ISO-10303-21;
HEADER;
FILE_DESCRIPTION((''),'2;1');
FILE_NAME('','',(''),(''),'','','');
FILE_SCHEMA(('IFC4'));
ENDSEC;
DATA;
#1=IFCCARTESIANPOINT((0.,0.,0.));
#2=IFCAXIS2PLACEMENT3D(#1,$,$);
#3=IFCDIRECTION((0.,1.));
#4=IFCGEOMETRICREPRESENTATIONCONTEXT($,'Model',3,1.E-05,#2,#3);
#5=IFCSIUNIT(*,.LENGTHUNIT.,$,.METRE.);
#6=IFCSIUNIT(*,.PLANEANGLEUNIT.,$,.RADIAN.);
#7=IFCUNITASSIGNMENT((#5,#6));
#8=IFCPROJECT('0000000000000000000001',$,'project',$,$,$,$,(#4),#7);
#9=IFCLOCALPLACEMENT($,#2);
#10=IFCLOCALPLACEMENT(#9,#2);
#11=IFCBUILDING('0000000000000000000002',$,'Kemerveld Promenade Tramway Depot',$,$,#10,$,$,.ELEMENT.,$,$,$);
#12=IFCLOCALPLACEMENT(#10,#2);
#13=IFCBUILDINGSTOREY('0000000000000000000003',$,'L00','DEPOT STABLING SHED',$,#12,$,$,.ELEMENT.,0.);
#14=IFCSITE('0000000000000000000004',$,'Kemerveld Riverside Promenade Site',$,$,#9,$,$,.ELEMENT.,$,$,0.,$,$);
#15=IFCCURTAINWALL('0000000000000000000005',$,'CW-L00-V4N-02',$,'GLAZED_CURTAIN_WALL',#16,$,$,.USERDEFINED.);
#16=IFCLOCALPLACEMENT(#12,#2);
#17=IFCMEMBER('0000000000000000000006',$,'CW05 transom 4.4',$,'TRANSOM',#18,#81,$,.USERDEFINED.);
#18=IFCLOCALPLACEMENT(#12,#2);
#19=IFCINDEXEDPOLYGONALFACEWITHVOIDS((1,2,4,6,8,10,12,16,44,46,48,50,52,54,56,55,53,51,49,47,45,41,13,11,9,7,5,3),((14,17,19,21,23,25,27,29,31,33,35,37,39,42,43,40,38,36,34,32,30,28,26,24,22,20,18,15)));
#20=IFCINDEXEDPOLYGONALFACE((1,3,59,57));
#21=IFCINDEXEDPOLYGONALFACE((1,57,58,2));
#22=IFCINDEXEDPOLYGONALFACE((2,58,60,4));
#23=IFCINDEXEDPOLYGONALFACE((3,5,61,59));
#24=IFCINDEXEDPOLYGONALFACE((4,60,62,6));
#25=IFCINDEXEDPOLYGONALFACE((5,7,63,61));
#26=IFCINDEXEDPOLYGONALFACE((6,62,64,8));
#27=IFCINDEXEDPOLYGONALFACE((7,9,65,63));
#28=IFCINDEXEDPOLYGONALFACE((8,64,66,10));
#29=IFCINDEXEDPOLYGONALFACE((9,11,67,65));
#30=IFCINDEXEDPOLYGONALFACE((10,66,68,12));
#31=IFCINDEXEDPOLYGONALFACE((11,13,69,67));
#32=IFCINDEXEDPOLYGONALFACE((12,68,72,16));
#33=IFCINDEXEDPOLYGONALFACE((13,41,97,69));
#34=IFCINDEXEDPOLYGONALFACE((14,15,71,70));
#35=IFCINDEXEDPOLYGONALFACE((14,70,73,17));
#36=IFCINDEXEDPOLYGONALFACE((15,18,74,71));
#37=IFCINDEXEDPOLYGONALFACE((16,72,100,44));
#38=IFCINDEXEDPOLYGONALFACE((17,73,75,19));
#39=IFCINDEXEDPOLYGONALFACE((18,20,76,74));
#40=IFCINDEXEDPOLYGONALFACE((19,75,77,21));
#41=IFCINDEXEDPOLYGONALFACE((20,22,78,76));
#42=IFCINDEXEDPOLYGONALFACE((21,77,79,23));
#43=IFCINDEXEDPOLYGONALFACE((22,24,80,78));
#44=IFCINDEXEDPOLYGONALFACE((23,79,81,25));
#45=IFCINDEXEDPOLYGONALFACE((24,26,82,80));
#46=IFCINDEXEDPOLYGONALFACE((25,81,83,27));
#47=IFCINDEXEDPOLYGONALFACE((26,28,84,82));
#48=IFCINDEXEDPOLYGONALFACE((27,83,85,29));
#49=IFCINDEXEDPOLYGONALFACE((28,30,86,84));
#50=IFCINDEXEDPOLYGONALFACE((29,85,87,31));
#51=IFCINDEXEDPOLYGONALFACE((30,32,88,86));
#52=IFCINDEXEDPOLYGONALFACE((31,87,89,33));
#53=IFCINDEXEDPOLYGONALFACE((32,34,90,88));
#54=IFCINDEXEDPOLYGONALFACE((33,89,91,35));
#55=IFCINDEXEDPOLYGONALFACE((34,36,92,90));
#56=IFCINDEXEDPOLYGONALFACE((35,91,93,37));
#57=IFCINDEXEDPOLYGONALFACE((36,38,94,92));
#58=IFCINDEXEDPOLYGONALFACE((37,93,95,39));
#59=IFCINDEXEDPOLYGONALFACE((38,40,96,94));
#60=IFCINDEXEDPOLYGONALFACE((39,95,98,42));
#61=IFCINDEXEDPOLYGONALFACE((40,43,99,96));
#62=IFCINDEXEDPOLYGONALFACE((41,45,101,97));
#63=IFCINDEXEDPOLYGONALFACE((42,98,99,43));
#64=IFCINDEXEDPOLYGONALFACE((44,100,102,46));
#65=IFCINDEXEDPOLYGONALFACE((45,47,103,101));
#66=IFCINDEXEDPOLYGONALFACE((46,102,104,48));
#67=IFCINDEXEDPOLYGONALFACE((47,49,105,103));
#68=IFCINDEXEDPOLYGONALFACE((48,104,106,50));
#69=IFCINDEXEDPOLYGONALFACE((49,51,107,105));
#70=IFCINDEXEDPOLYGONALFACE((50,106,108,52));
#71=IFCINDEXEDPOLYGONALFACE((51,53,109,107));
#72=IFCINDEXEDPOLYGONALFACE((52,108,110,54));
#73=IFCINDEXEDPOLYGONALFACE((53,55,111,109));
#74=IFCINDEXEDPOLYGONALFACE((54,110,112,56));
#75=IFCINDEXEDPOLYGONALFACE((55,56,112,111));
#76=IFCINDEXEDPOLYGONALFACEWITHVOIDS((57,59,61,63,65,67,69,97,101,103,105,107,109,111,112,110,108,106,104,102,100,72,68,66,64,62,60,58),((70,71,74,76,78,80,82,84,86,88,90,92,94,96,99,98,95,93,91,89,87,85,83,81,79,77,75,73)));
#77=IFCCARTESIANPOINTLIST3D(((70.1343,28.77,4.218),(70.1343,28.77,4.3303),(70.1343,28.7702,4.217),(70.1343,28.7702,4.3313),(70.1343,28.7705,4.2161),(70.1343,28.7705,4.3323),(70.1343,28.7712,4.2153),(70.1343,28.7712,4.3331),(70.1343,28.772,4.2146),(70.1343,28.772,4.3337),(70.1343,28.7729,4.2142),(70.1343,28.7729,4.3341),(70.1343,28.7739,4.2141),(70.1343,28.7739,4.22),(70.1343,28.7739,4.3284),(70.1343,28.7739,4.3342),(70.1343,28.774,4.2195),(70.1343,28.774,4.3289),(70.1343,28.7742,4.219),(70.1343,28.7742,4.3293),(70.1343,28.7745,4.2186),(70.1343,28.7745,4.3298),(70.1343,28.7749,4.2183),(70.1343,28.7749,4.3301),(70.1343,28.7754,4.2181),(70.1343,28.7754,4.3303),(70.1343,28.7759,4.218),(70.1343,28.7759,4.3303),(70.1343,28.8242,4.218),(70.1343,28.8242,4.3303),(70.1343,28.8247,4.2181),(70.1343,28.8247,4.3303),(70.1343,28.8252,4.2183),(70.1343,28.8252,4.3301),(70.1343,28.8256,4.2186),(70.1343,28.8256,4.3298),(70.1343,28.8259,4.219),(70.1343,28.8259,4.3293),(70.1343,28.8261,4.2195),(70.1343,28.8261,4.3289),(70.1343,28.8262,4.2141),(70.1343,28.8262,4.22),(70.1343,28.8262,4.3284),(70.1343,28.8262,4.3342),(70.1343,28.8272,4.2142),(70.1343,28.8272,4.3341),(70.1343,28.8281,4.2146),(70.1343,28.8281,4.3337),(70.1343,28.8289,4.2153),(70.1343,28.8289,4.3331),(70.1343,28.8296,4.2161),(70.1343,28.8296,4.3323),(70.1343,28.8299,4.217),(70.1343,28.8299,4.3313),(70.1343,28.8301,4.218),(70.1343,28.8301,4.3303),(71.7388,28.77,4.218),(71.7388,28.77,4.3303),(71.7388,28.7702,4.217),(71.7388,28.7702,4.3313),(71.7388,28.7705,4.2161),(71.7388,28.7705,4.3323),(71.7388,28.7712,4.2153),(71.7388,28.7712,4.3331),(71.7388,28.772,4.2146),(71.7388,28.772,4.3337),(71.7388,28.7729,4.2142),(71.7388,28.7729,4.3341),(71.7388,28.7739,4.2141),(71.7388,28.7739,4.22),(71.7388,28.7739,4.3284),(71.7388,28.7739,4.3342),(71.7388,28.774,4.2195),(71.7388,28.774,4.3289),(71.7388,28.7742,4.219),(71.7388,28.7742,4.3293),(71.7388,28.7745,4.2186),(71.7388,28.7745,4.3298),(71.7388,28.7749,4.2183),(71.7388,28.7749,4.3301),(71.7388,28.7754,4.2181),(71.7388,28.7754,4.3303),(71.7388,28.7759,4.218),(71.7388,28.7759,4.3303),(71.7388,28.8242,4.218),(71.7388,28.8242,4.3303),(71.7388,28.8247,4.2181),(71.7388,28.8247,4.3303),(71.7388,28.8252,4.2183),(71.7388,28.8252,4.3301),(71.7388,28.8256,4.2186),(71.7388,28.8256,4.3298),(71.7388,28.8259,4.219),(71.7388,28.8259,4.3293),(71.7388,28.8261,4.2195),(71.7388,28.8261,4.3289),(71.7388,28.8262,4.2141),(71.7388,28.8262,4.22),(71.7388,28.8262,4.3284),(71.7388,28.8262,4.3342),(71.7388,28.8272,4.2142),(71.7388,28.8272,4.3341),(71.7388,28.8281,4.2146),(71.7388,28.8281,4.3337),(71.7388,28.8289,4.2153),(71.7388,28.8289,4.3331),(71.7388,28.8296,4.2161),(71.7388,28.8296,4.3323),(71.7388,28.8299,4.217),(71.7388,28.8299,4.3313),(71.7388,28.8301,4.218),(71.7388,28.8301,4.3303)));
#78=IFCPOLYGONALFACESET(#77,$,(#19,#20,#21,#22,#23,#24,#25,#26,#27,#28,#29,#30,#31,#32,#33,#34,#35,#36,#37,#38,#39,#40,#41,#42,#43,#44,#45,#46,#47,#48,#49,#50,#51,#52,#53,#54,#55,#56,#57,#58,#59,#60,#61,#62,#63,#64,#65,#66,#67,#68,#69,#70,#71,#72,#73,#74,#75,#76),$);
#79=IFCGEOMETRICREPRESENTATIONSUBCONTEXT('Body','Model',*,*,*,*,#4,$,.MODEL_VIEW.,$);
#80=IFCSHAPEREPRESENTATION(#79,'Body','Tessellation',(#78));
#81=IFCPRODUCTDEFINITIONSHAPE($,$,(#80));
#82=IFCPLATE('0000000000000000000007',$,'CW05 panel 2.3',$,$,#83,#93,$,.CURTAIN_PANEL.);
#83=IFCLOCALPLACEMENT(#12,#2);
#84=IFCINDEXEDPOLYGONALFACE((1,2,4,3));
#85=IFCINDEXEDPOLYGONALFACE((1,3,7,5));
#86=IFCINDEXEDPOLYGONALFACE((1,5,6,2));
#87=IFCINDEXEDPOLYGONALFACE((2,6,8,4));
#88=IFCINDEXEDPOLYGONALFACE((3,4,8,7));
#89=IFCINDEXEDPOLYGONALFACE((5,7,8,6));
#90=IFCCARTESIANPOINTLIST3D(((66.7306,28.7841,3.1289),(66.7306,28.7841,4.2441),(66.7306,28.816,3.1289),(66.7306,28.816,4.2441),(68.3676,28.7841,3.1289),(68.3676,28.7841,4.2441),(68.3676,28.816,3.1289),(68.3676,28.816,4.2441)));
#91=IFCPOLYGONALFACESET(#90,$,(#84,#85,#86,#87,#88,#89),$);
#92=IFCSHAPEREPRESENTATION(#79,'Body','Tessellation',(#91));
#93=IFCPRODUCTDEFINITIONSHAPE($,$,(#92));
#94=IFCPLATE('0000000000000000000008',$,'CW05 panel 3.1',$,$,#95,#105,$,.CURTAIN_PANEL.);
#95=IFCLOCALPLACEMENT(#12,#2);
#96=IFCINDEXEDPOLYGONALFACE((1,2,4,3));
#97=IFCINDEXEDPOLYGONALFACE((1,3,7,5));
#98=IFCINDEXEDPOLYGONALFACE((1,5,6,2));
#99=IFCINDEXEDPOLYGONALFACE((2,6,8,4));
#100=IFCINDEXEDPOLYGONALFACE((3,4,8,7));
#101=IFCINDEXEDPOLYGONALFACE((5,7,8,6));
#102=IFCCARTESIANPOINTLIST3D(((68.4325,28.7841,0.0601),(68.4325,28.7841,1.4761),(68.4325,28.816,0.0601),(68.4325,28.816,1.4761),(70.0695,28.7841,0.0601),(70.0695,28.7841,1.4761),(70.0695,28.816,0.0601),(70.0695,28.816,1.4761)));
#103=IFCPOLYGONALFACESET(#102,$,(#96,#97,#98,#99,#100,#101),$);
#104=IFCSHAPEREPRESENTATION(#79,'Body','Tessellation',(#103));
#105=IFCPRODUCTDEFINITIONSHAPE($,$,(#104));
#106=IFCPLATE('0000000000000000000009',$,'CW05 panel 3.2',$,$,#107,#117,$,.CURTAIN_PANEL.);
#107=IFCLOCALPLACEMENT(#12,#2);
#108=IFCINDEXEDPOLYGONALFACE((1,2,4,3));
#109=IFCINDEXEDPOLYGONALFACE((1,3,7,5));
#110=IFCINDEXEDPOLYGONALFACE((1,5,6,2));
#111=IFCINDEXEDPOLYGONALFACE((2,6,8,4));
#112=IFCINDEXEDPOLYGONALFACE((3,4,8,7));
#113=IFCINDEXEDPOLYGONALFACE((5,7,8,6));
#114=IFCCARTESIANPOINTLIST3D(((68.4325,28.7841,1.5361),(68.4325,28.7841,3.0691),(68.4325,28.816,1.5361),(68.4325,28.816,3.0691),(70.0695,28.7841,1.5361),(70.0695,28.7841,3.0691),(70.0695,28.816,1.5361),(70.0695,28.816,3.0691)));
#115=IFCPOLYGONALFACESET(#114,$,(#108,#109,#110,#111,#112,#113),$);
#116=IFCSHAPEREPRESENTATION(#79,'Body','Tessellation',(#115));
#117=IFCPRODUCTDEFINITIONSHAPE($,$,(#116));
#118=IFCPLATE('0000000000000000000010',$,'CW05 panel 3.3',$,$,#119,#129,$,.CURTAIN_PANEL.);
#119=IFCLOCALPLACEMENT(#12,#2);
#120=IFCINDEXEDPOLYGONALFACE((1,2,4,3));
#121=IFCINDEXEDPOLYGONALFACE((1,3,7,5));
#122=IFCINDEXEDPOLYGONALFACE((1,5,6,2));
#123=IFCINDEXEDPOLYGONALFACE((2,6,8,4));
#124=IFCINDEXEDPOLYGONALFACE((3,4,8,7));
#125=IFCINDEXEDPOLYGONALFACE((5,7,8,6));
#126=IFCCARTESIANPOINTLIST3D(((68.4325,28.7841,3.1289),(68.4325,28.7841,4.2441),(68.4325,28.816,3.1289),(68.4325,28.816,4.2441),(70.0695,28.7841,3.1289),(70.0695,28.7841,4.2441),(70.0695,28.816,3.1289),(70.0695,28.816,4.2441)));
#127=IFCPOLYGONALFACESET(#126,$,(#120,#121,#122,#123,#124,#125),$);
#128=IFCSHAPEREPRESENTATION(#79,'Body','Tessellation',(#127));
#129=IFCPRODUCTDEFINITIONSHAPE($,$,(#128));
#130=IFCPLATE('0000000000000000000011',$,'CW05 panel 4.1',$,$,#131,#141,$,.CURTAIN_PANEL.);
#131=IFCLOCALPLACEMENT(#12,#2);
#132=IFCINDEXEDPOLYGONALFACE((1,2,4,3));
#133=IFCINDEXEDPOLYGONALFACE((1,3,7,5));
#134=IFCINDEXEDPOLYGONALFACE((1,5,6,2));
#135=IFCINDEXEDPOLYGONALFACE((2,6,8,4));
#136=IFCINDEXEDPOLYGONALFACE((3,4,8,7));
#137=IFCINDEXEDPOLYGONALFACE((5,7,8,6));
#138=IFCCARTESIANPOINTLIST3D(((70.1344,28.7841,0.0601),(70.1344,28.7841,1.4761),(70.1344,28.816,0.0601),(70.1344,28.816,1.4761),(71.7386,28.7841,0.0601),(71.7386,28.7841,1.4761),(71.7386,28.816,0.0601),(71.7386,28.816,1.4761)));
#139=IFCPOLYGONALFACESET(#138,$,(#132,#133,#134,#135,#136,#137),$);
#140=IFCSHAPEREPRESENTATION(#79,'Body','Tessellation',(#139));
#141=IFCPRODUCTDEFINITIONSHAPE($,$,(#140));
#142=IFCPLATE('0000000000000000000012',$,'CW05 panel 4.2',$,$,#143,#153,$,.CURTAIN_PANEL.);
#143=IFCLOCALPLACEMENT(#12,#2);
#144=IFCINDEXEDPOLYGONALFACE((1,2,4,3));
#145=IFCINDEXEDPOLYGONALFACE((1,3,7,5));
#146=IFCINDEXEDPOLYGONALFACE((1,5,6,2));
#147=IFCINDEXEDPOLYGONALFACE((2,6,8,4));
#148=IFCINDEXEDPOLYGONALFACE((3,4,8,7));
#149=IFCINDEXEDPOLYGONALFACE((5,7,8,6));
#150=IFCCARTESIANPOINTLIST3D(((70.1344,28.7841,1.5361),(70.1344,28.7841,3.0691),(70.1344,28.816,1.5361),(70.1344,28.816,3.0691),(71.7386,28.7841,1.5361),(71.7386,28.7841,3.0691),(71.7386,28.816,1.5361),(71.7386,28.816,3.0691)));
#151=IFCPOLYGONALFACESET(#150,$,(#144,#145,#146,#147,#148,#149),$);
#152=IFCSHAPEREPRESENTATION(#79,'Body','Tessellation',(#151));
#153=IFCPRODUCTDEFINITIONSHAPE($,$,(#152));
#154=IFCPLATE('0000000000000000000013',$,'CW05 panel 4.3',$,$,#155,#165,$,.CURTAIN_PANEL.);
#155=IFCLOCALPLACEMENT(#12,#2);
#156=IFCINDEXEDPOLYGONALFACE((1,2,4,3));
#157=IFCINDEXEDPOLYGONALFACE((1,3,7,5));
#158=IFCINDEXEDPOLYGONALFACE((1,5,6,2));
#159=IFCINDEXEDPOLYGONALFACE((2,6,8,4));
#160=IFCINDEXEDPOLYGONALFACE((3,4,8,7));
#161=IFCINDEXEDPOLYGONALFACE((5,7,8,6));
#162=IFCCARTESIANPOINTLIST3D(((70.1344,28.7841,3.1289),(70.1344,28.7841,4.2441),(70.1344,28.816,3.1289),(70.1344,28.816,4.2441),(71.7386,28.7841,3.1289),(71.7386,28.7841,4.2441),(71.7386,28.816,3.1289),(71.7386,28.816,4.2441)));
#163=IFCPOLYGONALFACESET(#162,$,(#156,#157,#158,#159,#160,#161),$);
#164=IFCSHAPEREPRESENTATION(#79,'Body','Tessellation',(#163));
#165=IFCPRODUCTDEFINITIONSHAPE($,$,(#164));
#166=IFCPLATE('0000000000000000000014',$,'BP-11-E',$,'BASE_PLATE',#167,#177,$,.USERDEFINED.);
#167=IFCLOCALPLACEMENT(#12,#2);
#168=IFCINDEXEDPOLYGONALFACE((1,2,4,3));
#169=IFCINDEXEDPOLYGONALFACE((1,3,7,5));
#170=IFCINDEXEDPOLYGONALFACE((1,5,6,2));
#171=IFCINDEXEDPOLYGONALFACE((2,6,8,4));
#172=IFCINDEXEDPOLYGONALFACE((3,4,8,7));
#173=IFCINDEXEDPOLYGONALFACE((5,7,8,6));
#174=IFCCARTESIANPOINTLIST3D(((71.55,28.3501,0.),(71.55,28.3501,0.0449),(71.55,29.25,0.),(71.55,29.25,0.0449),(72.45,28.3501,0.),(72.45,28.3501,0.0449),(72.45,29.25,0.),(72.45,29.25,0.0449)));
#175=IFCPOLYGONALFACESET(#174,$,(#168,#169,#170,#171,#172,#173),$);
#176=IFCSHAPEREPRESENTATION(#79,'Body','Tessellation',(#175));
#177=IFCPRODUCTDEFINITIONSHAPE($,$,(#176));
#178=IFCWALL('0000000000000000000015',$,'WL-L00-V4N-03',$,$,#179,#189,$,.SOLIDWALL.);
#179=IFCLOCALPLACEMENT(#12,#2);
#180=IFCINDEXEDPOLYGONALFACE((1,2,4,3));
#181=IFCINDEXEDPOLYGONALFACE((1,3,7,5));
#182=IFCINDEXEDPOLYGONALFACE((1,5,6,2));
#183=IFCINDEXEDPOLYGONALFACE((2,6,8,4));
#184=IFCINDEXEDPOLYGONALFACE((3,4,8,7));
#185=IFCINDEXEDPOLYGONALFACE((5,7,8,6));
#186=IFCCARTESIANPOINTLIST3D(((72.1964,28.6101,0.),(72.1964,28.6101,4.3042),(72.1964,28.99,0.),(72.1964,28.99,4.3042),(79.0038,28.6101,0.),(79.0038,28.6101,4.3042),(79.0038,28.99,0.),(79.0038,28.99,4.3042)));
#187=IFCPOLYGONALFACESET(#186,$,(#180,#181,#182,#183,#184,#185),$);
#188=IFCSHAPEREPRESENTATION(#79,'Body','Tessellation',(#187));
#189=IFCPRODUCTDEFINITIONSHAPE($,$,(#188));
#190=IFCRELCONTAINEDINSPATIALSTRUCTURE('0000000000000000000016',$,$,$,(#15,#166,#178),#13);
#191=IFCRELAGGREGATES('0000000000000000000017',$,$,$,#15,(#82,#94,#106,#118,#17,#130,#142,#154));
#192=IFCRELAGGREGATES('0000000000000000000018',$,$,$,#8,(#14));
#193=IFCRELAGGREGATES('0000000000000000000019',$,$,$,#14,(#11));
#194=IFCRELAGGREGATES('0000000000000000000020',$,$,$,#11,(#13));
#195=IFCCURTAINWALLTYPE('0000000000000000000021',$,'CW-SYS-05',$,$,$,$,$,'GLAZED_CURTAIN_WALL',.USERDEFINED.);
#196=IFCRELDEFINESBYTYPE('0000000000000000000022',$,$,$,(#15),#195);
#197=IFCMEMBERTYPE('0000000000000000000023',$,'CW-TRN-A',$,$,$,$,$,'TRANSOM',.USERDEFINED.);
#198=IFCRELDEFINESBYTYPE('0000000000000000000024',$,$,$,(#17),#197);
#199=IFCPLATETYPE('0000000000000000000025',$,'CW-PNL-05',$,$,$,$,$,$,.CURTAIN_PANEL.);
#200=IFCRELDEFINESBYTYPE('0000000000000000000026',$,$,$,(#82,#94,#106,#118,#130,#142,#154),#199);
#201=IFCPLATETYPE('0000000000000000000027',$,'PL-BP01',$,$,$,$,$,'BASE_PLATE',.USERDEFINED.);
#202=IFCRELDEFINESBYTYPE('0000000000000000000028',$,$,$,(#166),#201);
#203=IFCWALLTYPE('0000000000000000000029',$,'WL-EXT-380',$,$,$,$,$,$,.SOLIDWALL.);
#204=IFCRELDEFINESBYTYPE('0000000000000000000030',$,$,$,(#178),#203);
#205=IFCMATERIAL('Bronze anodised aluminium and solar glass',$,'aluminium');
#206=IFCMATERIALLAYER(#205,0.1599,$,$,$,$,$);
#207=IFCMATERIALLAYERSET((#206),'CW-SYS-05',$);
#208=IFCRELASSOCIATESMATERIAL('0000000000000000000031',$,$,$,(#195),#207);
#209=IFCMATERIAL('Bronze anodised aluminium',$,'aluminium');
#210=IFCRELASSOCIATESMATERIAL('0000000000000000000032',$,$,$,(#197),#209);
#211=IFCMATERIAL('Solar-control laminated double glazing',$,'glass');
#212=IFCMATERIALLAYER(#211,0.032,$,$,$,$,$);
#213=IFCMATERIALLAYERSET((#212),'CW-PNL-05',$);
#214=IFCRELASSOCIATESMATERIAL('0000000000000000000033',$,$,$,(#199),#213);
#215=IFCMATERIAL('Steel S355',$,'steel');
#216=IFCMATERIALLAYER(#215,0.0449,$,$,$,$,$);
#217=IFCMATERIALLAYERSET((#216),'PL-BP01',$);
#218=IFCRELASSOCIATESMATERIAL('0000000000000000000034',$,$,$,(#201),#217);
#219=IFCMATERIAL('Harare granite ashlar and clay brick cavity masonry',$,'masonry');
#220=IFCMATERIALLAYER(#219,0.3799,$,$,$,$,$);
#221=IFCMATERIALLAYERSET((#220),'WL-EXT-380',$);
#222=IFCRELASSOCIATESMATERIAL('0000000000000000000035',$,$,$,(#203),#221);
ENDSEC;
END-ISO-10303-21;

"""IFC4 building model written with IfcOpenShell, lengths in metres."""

from ifc_helpers import new_model, si_unit, direction, frame, frame_2d, origin, origin_2d, place, context, subcontext, project, spatial, rectangle, hollow_rectangle, extrude, material, layer, layer_set, material_profile, profile_set, type_object, element, aggregate, save


model = new_model("IFC4")

# Units and contexts
model_context = context("Model", 3, precision=1e-05, world=origin(), true_north=direction((0.0, 1.0)))
body_context = subcontext(model_context, "Body", "Model", "MODEL_VIEW")
ifc_project = project(units=[si_unit("LENGTHUNIT", "METRE"), si_unit("PLANEANGLEUNIT", "RADIAN")], contexts=[model_context])

# Site, building, storey
site_placement = place(None, origin())
site = spatial("IfcSite", under=ifc_project, at=site_placement, Name="Kemerveld Riverside Promenade Site", CompositionType="ELEMENT", RefElevation=0.0)
building_placement = place(site_placement, origin())
building = spatial("IfcBuilding", under=site, at=building_placement, Name="Kemerveld Promenade Tramway Depot", CompositionType="ELEMENT")
storey_placement = place(building_placement, origin())
storey = spatial("IfcBuildingStorey", under=building, at=storey_placement, Name="L00", Description="DEPOT STABLING SHED", CompositionType="ELEMENT", Elevation=0.0)

# Shared definitions
ifc_material_1 = material(Name="Steel S355", Category="steel")

# Curtain wall, member, plates
ifc_material_2 = material(Name="Bronze anodised aluminium and solar glass", Category="aluminium")
ifc_layer_1 = layer(ifc_material_2, 0.1599)
ifc_layer_set_1 = layer_set([ifc_layer_1], Name="CW-SYS-05")
curtain_wall_type = type_object("IfcCurtainWallType", Name="CW-SYS-05", ElementType="GLAZED_CURTAIN_WALL", PredefinedType="USERDEFINED", material=ifc_layer_set_1)
curtain_wall_placement = place(storey_placement, origin())
curtain_wall = element("IfcCurtainWall", 1, at=curtain_wall_placement, inside=storey, type_object=curtain_wall_type, Name="CW-L00-V4N-02", ObjectType="GLAZED_CURTAIN_WALL", PredefinedType="USERDEFINED")
ifc_material_3 = material(Name="Bronze anodised aluminium", Category="aluminium")
ifc_material_profile_1 = material_profile(ifc_material_3, hollow_rectangle(XDim=0.0601, YDim=0.1201, WallThickness=0.0039, InnerFilletRadius=0.002, OuterFilletRadius=0.0039, at=origin_2d()), Name="CW-TRN-120x60")
ifc_profile_set_1 = profile_set([ifc_material_profile_1], Name="Bronze anodised aluminium")
member_type_1 = type_object("IfcMemberType", Name="CW-TRN-A", ElementType="TRANSOM", PredefinedType="USERDEFINED", material=ifc_profile_set_1)
member_1_placement = place(storey_placement, frame((70.1343, 28.8, 4.2742), z_axis=(1.0, 0.0, 0.0), x_axis=(0.0, 1.0, 0.0)))
member_1 = element("IfcMember", 2, at=member_1_placement, type_object=member_type_1, Name="CW05 transom 4.4", ObjectType="TRANSOM", PredefinedType="USERDEFINED", context=body_context, shape_type="SweptSolid", body=[
    extrude(hollow_rectangle(XDim=0.0601, YDim=0.1201, WallThickness=0.0039, InnerFilletRadius=0.002, OuterFilletRadius=0.0039, at=origin_2d()), origin(), (0.0, 0.0, 1.0), 1.6045),
])
ifc_material_4 = material(Name="Solar-control laminated double glazing", Category="glass")
ifc_layer_2 = layer(ifc_material_4, 0.032)
ifc_layer_set_2 = layer_set([ifc_layer_2], Name="CW-PNL-05")
plate_type_1 = type_object("IfcPlateType", Name="CW-PNL-05", PredefinedType="CURTAIN_PANEL", material=ifc_layer_set_2)
plate_1_placement = place(storey_placement, frame((67.5491, 28.8, 3.1289), z_axis=(0.0, 0.0, 1.0), x_axis=(1.0, 0.0, 0.0)))
plate_1 = element("IfcPlate", 3, at=plate_1_placement, type_object=plate_type_1, Name="CW05 panel 2.3", PredefinedType="CURTAIN_PANEL", context=body_context, shape_type="SweptSolid", body=[
    extrude(rectangle(XDim=1.637, YDim=0.032, at=origin_2d()), origin(), (0.0, 0.0, 1.0), 1.1152),
])
plate_2_placement = place(storey_placement, frame((69.251, 28.8, 0.0601), z_axis=(0.0, 0.0, 1.0), x_axis=(1.0, 0.0, 0.0)))
plate_2 = element("IfcPlate", 4, at=plate_2_placement, type_object=plate_type_1, Name="CW05 panel 3.1", PredefinedType="CURTAIN_PANEL", context=body_context, shape_type="SweptSolid", body=[
    extrude(rectangle(XDim=1.637, YDim=0.032, at=origin_2d()), origin(), (0.0, 0.0, 1.0), 1.416),
])
plate_3_placement = place(storey_placement, frame((69.251, 28.8, 1.5361), z_axis=(0.0, 0.0, 1.0), x_axis=(1.0, 0.0, 0.0)))
plate_3 = element("IfcPlate", 5, at=plate_3_placement, type_object=plate_type_1, Name="CW05 panel 3.2", PredefinedType="CURTAIN_PANEL", context=body_context, shape_type="SweptSolid", body=[
    extrude(rectangle(XDim=1.637, YDim=0.032, at=origin_2d()), origin(), (0.0, 0.0, 1.0), 1.533),
])
plate_4_placement = place(storey_placement, frame((69.251, 28.8, 3.1289), z_axis=(0.0, 0.0, 1.0), x_axis=(1.0, 0.0, 0.0)))
plate_4 = element("IfcPlate", 6, at=plate_4_placement, type_object=plate_type_1, Name="CW05 panel 3.3", PredefinedType="CURTAIN_PANEL", context=body_context, shape_type="SweptSolid", body=[
    extrude(rectangle(XDim=1.637, YDim=0.032, at=origin_2d()), origin(), (0.0, 0.0, 1.0), 1.1152),
])
plate_5_placement = place(storey_placement, frame((70.9365, 28.8, 0.0601), z_axis=(0.0, 0.0, 1.0), x_axis=(1.0, 0.0, 0.0)))
plate_5 = element("IfcPlate", 7, at=plate_5_placement, type_object=plate_type_1, Name="CW05 panel 4.1", PredefinedType="CURTAIN_PANEL", context=body_context, shape_type="SweptSolid", body=[
    extrude(rectangle(XDim=1.6042, YDim=0.032, at=origin_2d()), origin(), (0.0, 0.0, 1.0), 1.416),
])
plate_6_placement = place(storey_placement, frame((70.9365, 28.8, 1.5361), z_axis=(0.0, 0.0, 1.0), x_axis=(1.0, 0.0, 0.0)))
plate_6 = element("IfcPlate", 8, at=plate_6_placement, type_object=plate_type_1, Name="CW05 panel 4.2", PredefinedType="CURTAIN_PANEL", context=body_context, shape_type="SweptSolid", body=[
    extrude(rectangle(XDim=1.6042, YDim=0.032, at=origin_2d()), origin(), (0.0, 0.0, 1.0), 1.533),
])
plate_7_placement = place(storey_placement, frame((70.9365, 28.8, 3.1289), z_axis=(0.0, 0.0, 1.0), x_axis=(1.0, 0.0, 0.0)))
plate_7 = element("IfcPlate", 9, at=plate_7_placement, type_object=plate_type_1, Name="CW05 panel 4.3", PredefinedType="CURTAIN_PANEL", context=body_context, shape_type="SweptSolid", body=[
    extrude(rectangle(XDim=1.6042, YDim=0.032, at=origin_2d()), origin(), (0.0, 0.0, 1.0), 1.1152),
])
aggregate(curtain_wall, [plate_1, plate_2, plate_3, plate_4, member_1, plate_5, plate_6, plate_7])

# Plate
ifc_layer_3 = layer(ifc_material_1, 0.0449)
ifc_layer_set_3 = layer_set([ifc_layer_3], Name="PL-BP01")
plate_type_2 = type_object("IfcPlateType", Name="PL-BP01", ElementType="BASE_PLATE", PredefinedType="USERDEFINED", material=ifc_layer_set_3)
plate_8_placement = place(storey_placement, frame((72.0, 28.8, 0.0), z_axis=(0.0, 0.0, 1.0), x_axis=(1.0, 0.0, 0.0)))
element("IfcPlate", 10, at=plate_8_placement, inside=storey, type_object=plate_type_2, Name="BP-11-E", ObjectType="BASE_PLATE", PredefinedType="USERDEFINED", context=body_context, shape_type="SweptSolid", body=[
    extrude(rectangle(XDim=0.8999, YDim=0.8999, at=origin_2d()), origin(), (0.0, 0.0, 1.0), 0.0449),
])

# Wall
ifc_material_5 = material(Name="Harare granite ashlar and clay brick cavity masonry", Category="masonry")
ifc_layer_4 = layer(ifc_material_5, 0.3799)
ifc_layer_set_4 = layer_set([ifc_layer_4], Name="WL-EXT-380")
wall_type = type_object("IfcWallType", Name="WL-EXT-380", PredefinedType="SOLIDWALL", material=ifc_layer_set_4)
wall_placement = place(storey_placement, frame((72.1963, 28.8, 0.0), z_axis=(0.0, 0.0, 1.0), x_axis=(1.0, 0.0, 0.0)))
element("IfcWall", 11, at=wall_placement, inside=storey, type_object=wall_type, Name="WL-L00-V4N-03", PredefinedType="SOLIDWALL", context=body_context, shape_type="SweptSolid", body=[
    extrude(rectangle(XDim=6.8074, YDim=0.3799, at=frame_2d((3.4038, 0.0))), origin(), (0.0, 0.0, 1.0), 4.3042),
])

save(model, "model.ifc")
